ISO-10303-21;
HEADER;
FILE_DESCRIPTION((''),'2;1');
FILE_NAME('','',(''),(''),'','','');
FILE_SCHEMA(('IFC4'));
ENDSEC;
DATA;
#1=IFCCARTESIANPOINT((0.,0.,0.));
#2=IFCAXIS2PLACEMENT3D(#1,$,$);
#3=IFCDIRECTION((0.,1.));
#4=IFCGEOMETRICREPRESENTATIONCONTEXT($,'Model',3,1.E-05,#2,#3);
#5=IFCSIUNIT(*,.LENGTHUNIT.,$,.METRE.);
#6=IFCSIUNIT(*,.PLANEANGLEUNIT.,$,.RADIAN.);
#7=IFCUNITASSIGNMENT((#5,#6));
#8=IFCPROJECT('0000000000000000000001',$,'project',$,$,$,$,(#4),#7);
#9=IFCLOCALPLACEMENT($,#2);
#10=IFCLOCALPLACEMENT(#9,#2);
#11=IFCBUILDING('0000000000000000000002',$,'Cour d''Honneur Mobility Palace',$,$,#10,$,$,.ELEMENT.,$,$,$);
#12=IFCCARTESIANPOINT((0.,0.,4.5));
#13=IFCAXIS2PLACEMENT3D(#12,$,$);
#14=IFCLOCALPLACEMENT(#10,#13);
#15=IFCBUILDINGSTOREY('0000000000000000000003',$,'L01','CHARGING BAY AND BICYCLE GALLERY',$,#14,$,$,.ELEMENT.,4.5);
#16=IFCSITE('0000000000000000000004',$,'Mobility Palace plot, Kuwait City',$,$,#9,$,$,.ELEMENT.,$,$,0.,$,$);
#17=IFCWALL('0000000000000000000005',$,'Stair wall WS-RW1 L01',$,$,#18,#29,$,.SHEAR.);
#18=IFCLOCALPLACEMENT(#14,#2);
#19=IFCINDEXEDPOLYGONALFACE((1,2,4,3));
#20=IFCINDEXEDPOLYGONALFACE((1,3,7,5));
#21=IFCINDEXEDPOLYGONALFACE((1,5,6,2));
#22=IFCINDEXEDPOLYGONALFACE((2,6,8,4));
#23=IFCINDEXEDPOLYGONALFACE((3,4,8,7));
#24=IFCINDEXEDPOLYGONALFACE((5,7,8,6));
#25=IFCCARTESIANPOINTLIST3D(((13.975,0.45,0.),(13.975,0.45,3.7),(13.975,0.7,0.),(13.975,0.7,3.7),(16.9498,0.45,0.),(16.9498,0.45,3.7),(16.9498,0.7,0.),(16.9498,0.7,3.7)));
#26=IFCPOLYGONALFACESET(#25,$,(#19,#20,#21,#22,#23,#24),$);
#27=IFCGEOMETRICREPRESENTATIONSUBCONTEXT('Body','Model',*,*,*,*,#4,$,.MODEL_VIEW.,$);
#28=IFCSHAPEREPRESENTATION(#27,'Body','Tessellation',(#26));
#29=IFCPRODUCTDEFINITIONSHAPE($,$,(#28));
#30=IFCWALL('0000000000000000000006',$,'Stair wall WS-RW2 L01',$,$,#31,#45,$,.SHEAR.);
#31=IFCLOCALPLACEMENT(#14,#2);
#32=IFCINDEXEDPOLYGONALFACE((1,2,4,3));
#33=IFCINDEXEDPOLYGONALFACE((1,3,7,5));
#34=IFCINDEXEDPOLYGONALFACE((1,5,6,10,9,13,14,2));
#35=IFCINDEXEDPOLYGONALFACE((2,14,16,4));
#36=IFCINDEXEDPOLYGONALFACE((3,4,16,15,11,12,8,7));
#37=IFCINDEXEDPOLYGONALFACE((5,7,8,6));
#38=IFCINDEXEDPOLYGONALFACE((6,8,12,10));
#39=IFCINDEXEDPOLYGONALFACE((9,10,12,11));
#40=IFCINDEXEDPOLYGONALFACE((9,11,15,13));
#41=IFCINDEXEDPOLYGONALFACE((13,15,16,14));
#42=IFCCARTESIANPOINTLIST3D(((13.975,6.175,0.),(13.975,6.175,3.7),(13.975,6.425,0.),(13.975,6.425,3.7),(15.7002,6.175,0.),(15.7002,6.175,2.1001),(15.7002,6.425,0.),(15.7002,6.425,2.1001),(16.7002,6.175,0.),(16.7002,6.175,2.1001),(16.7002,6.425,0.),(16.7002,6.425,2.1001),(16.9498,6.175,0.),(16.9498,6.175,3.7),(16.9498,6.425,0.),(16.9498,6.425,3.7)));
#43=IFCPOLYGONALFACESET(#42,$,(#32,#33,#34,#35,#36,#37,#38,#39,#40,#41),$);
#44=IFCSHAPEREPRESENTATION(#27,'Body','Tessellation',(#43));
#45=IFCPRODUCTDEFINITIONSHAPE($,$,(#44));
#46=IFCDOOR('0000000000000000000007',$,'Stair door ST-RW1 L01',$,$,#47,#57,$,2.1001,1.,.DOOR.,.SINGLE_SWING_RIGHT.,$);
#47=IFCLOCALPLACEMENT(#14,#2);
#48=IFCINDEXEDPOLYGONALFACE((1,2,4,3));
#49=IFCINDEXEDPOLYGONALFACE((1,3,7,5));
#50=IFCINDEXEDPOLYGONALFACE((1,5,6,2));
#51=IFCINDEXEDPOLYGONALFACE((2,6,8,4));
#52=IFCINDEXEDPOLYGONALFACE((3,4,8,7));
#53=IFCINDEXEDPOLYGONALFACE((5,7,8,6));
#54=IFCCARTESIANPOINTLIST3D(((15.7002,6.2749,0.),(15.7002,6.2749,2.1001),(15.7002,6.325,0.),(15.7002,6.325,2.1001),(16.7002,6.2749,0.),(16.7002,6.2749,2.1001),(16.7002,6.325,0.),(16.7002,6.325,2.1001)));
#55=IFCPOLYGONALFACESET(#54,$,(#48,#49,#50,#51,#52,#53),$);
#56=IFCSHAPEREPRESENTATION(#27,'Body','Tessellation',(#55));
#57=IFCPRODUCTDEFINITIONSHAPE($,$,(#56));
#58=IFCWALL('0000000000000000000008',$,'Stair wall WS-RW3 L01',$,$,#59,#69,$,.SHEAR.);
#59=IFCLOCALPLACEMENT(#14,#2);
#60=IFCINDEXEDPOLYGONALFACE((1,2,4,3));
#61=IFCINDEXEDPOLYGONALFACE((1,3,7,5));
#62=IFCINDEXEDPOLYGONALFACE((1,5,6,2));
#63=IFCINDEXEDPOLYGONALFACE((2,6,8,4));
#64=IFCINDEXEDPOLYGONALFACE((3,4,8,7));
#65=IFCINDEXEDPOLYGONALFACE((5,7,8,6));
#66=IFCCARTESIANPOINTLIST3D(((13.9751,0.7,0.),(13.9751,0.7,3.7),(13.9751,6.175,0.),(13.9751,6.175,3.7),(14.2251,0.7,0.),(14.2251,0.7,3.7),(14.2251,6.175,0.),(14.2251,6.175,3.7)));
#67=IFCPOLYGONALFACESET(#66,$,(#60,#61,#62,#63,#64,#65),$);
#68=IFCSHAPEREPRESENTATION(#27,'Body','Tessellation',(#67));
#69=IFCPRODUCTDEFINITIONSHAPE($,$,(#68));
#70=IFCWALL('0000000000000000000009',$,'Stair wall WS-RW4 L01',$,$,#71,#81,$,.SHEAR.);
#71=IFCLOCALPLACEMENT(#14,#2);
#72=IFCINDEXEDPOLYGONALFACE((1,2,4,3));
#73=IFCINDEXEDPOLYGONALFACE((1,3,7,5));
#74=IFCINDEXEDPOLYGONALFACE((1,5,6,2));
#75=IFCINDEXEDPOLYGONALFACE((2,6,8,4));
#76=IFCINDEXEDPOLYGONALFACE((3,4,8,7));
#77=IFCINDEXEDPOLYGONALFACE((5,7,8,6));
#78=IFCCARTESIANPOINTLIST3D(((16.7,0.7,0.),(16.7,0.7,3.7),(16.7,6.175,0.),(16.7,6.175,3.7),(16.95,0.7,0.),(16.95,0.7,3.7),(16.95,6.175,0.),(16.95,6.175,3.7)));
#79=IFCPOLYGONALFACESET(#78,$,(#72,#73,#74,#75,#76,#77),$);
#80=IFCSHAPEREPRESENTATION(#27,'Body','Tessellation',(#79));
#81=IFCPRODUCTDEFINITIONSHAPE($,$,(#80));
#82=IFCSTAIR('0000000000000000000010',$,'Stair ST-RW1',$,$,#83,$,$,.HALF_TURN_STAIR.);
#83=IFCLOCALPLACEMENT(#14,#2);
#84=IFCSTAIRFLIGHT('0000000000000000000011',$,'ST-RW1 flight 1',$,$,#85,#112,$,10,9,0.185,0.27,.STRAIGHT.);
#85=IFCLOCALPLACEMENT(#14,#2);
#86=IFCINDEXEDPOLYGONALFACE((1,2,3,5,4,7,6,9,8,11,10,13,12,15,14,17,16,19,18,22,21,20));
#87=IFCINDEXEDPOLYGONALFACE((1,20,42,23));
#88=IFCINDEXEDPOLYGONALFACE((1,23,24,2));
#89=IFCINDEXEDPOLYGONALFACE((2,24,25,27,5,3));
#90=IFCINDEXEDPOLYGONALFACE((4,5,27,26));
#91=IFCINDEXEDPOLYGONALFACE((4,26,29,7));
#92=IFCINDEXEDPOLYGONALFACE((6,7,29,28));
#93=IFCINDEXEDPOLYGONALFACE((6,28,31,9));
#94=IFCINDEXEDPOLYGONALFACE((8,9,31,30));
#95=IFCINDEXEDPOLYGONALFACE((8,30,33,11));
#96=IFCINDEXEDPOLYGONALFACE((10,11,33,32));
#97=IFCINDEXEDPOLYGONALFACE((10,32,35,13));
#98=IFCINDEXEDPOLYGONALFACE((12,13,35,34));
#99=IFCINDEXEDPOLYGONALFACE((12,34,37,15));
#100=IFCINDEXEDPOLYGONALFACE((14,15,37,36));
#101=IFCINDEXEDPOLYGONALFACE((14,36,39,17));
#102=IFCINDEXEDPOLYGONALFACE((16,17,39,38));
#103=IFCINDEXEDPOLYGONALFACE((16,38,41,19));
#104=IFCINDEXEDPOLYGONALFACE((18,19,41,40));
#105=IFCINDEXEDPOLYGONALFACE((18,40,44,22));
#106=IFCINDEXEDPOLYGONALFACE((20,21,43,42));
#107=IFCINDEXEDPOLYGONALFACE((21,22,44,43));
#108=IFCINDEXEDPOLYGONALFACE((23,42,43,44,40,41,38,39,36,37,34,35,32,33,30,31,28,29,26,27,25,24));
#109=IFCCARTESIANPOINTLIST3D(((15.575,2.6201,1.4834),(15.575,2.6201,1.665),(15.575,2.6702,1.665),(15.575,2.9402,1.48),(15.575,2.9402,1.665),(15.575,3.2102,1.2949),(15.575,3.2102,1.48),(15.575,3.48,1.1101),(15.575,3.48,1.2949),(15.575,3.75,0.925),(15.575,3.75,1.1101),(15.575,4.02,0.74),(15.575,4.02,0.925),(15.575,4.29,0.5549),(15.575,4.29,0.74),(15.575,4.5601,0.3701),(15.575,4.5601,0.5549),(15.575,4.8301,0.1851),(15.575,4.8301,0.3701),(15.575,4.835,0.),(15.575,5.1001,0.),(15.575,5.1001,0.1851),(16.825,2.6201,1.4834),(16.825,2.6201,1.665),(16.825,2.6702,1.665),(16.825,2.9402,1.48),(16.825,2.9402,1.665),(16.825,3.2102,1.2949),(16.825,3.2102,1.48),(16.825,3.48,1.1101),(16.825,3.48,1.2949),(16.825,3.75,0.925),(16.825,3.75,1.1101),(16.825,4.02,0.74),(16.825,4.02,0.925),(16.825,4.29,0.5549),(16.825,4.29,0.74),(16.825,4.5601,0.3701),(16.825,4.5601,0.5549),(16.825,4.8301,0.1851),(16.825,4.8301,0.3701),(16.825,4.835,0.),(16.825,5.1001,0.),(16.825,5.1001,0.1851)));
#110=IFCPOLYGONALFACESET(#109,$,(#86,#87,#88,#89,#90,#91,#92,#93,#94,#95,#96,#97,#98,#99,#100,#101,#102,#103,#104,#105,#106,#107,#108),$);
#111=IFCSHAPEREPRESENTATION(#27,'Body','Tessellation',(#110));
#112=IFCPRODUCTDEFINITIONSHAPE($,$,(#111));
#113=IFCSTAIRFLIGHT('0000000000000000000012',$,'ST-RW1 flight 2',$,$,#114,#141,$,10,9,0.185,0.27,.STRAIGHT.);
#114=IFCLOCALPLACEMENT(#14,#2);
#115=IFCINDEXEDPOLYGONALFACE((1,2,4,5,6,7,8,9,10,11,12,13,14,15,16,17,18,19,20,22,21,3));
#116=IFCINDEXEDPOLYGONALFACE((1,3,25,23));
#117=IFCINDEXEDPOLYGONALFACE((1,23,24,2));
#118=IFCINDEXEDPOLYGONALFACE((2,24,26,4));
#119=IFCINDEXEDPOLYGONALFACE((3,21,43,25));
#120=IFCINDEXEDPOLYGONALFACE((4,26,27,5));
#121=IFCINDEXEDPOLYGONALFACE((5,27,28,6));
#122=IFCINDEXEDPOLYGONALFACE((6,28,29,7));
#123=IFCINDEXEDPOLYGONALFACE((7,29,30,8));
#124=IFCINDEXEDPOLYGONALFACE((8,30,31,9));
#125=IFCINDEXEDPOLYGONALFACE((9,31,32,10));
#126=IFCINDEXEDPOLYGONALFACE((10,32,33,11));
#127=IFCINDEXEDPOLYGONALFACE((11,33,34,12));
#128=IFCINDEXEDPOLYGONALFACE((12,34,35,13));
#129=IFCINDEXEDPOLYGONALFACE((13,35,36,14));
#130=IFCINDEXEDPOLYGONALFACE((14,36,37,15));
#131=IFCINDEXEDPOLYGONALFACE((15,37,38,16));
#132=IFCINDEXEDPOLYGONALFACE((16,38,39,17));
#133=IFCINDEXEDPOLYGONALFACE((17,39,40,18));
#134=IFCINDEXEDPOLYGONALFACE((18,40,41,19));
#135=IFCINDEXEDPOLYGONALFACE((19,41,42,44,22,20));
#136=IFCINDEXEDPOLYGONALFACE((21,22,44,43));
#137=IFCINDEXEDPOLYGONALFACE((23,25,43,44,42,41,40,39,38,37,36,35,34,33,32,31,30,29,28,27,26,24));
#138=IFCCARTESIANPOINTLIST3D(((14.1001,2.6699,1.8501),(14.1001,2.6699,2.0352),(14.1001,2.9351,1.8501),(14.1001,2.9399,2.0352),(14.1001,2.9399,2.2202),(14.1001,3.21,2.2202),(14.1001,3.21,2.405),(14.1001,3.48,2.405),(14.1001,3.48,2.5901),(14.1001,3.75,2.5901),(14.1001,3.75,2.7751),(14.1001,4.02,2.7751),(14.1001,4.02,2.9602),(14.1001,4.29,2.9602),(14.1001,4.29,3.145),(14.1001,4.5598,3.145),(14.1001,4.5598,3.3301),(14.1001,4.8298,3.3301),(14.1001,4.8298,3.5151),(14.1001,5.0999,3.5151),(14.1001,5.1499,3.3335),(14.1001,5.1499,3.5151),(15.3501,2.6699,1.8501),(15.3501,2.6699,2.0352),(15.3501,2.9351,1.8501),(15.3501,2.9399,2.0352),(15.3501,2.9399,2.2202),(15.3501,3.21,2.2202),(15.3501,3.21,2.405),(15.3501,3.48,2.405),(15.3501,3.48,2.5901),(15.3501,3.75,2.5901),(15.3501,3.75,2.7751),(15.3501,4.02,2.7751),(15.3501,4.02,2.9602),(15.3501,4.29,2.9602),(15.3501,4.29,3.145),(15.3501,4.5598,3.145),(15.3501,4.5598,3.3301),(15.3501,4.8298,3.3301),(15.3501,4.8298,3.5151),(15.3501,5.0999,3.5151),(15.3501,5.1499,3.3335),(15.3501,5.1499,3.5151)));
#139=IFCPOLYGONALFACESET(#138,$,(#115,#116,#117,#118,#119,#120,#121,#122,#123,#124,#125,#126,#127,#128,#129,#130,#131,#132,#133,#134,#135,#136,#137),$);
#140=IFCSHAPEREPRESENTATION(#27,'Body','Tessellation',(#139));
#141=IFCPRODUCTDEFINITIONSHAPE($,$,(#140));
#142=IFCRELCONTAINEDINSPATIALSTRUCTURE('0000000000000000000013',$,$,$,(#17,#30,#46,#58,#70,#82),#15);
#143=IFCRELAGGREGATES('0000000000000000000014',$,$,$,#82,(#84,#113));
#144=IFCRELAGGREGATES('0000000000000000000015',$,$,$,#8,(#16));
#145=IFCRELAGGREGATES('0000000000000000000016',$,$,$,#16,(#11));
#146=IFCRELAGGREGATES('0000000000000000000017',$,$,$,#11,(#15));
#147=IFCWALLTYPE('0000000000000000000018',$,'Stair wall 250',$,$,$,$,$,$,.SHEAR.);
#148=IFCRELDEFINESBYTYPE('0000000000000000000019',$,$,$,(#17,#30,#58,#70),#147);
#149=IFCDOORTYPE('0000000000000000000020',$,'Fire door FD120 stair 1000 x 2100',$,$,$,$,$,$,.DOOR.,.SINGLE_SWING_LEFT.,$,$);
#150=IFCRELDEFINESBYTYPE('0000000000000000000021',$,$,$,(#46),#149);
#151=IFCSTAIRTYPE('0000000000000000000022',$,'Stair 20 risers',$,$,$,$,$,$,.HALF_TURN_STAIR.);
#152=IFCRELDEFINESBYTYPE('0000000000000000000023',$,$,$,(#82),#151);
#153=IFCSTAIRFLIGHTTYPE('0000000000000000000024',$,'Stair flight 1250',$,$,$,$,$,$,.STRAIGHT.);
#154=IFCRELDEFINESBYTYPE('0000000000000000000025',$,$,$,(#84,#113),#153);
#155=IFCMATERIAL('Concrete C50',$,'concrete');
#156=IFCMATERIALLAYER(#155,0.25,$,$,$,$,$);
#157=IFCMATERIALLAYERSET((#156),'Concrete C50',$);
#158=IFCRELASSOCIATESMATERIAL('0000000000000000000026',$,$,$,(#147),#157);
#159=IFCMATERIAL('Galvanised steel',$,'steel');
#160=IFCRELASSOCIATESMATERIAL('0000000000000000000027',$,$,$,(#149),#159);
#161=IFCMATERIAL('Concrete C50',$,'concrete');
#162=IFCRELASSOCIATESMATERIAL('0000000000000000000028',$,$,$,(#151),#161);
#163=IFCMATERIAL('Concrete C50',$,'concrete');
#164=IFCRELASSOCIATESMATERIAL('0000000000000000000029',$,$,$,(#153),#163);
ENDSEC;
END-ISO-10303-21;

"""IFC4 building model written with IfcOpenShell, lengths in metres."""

from ifc_helpers import new_model, si_unit, direction, frame, frame_2d, origin, place, context, subcontext, project, spatial, polyline, rectangle, outline, extrude, material, layer, layer_set, type_object, element, fill, aggregate, save


model = new_model("IFC4")

# Units and contexts
model_context = context("Model", 3, precision=1e-05, world=origin(), true_north=direction((0.0, 1.0)))
body_context = subcontext(model_context, "Body", "Model", "MODEL_VIEW")
ifc_project = project(units=[si_unit("LENGTHUNIT", "METRE"), si_unit("PLANEANGLEUNIT", "RADIAN")], contexts=[model_context])

# Site, building, storey
site_placement = place(None, origin())
site = spatial("IfcSite", under=ifc_project, at=site_placement, Name="Mobility Palace plot, Kuwait City", CompositionType="ELEMENT", RefElevation=0.0)
building_placement = place(site_placement, origin())
building = spatial("IfcBuilding", under=site, at=building_placement, Name="Cour d'Honneur Mobility Palace", CompositionType="ELEMENT")
storey_placement = place(building_placement, frame((0.0, 0.0, 4.5)))
storey = spatial("IfcBuildingStorey", under=building, at=storey_placement, Name="L01", Description="CHARGING BAY AND BICYCLE GALLERY", CompositionType="ELEMENT", Elevation=4.5)

# Wall
ifc_material_1 = material(Name="Concrete C50", Category="concrete")
ifc_layer_1 = layer(ifc_material_1, 0.25)
ifc_layer_set_1 = layer_set([ifc_layer_1], Name="Concrete C50")
wall_type_1 = type_object("IfcWallType", Name="Stair wall 250", PredefinedType="SHEAR", material=ifc_layer_set_1)
wall_1_placement = place(storey_placement, frame((13.9751, 0.575, 0.0), z_axis=(0.0, 0.0, 1.0), x_axis=(1.0, 0.0, 0.0)))
element("IfcWall", 1, at=wall_1_placement, inside=storey, type_object=wall_type_1, Name="Stair wall WS-RW1 L01", PredefinedType="SHEAR", context=body_context, shape_type="SweptSolid", body=[
    extrude(rectangle(XDim=2.9749, YDim=0.25, at=frame_2d((1.4873, 0.0))), origin(), (0.0, 0.0, 1.0), 3.7),
])

# Wall, opening, door
wall_2_placement = place(storey_placement, frame((13.9751, 6.3, 0.0), z_axis=(0.0, 0.0, 1.0), x_axis=(1.0, 0.0, 0.0)))
wall_2 = element("IfcWall", 2, at=wall_2_placement, inside=storey, type_object=wall_type_1, Name="Stair wall WS-RW2 L01", PredefinedType="SHEAR", context=body_context, shape_type="SweptSolid", body=[
    extrude(rectangle(XDim=2.9749, YDim=0.25, at=frame_2d((1.4873, 0.0))), origin(), (0.0, 0.0, 1.0), 3.7),
])
opening_1_placement = place(wall_2_placement, frame((1.7251, 0.0, 0.0)))
opening_1 = element("IfcOpeningElement", 3, at=opening_1_placement, cuts=wall_2, PredefinedType="OPENING", context=body_context, shape_type="SweptSolid", body=[
    extrude(rectangle(XDim=1.0, YDim=2.1001, at=frame_2d((0.5, 1.05))), frame((0.0, 0.135, 0.0), z_axis=(0.0, -1.0, 0.0), x_axis=(1.0, 0.0, 0.0)), (0.0, 0.0, 1.0), 0.27),
])
ifc_material_2 = material(Name="Galvanised steel", Category="steel")
door_type_1 = type_object("IfcDoorType", Name="Fire door FD120 stair 1000 x 2100", OperationType="SINGLE_SWING_LEFT", PredefinedType="DOOR", material=ifc_material_2)
door_1_placement = place(opening_1_placement, origin())
door_1 = element("IfcDoor", 4, at=door_1_placement, inside=storey, type_object=door_type_1, Name="Stair door ST-RW1 L01", OperationType="SINGLE_SWING_RIGHT", OverallHeight=2.1001, OverallWidth=1.0, PredefinedType="DOOR", context=body_context, shape_type="SweptSolid", body=[
    extrude(rectangle(XDim=1.0, YDim=2.1001, at=frame_2d((0.5, 1.05))), frame((0.0, 0.0249, 0.0), z_axis=(0.0, -1.0, 0.0), x_axis=(1.0, 0.0, 0.0)), (0.0, 0.0, 1.0), 0.05),
])
fill(opening_1, door_1)

# Walls
for number, where, z_axis, x_axis, name in (
    (5, (14.1001, 0.7, 0.0), (0.0, 0.0, 1.0), (0.0, 1.0, 0.0), "Stair wall WS-RW3 L01"),
    (6, (16.825, 0.7, 0.0), (0.0, 0.0, 1.0), (0.0, 1.0, 0.0), "Stair wall WS-RW4 L01"),
):
    element("IfcWall", number, at=place(storey_placement, frame(where, z_axis=z_axis, x_axis=x_axis)), inside=storey, type_object=wall_type_1, Name=name, PredefinedType="SHEAR", context=body_context, shape_type="SweptSolid", body=[
        extrude(rectangle(XDim=5.4751, YDim=0.25, at=frame_2d((2.7375, 0.0))), origin(), (0.0, 0.0, 1.0), 3.7),
    ])

# Stair, stair flights
ifc_material_3 = material(Name="Concrete C50", Category="concrete")
stair_type = type_object("IfcStairType", Name="Stair 20 risers", PredefinedType="HALF_TURN_STAIR", material=ifc_material_3)
stair_placement = place(storey_placement, origin())
stair = element("IfcStair", 7, at=stair_placement, inside=storey, type_object=stair_type, Name="Stair ST-RW1", PredefinedType="HALF_TURN_STAIR")
ifc_material_4 = material(Name="Concrete C50", Category="concrete")
stair_flight_type = type_object("IfcStairFlightType", Name="Stair flight 1250", PredefinedType="STRAIGHT", material=ifc_material_4)
stair_flight_1_placement = place(storey_placement, frame((16.2, 5.1001, 0.0), z_axis=(0.0, 0.0, 1.0), x_axis=(0.0, -1.0, 0.0)))
stair_flight_1 = element("IfcStairFlight", 8, at=stair_flight_1_placement, type_object=stair_flight_type, Name="ST-RW1 flight 1", NumberOfRisers=10, NumberOfTreads=9, PredefinedType="STRAIGHT", RiserHeight=0.185, TreadLength=0.27, context=body_context, shape_type="SweptSolid", body=[
    extrude(outline(polyline([(0.0, 0.0), (0.0, 0.1851), (0.27, 0.1851), (0.27, 0.3701), (0.54, 0.3701), (0.54, 0.5549), (0.8101, 0.5549), (0.8101, 0.74), (1.0801, 0.74), (1.0801, 0.925), (1.3501, 0.925), (1.3501, 1.1101), (1.6201, 1.1101), (1.6201, 1.2949), (1.8899, 1.2949), (1.8899, 1.48), (2.1599, 1.48), (2.1599, 1.665), (2.4299, 1.665), (2.48, 1.665), (2.48, 1.4834), (0.2651, 0.0), (0.0, 0.0)])), frame((0.0, 0.625, 0.0), z_axis=(0.0, -1.0, 0.0), x_axis=(1.0, 0.0, 0.0)), (0.0, 0.0, 1.0), 1.25),
])
stair_flight_2_placement = place(storey_placement, frame((14.7251, 2.6699, 1.8501), z_axis=(0.0, 0.0, 1.0), x_axis=(0.0, 1.0, 0.0)))
stair_flight_2 = element("IfcStairFlight", 9, at=stair_flight_2_placement, type_object=stair_flight_type, Name="ST-RW1 flight 2", NumberOfRisers=10, NumberOfTreads=9, PredefinedType="STRAIGHT", RiserHeight=0.185, TreadLength=0.27, context=body_context, shape_type="SweptSolid", body=[
    extrude(outline(polyline([(0.0, 0.0), (0.0, 0.1851), (0.27, 0.1851), (0.27, 0.3701), (0.54, 0.3701), (0.54, 0.5549), (0.8101, 0.5549), (0.8101, 0.74), (1.0801, 0.74), (1.0801, 0.925), (1.3501, 0.925), (1.3501, 1.1101), (1.6201, 1.1101), (1.6201, 1.2949), (1.8899, 1.2949), (1.8899, 1.48), (2.1599, 1.48), (2.1599, 1.665), (2.4299, 1.665), (2.48, 1.665), (2.48, 1.4834), (0.2651, 0.0), (0.0, 0.0)])), frame((0.0, 0.625, 0.0), z_axis=(0.0, -1.0, 0.0), x_axis=(1.0, 0.0, 0.0)), (0.0, 0.0, 1.0), 1.25),
])
aggregate(stair, [stair_flight_1, stair_flight_2])

save(model, "model.ifc")
